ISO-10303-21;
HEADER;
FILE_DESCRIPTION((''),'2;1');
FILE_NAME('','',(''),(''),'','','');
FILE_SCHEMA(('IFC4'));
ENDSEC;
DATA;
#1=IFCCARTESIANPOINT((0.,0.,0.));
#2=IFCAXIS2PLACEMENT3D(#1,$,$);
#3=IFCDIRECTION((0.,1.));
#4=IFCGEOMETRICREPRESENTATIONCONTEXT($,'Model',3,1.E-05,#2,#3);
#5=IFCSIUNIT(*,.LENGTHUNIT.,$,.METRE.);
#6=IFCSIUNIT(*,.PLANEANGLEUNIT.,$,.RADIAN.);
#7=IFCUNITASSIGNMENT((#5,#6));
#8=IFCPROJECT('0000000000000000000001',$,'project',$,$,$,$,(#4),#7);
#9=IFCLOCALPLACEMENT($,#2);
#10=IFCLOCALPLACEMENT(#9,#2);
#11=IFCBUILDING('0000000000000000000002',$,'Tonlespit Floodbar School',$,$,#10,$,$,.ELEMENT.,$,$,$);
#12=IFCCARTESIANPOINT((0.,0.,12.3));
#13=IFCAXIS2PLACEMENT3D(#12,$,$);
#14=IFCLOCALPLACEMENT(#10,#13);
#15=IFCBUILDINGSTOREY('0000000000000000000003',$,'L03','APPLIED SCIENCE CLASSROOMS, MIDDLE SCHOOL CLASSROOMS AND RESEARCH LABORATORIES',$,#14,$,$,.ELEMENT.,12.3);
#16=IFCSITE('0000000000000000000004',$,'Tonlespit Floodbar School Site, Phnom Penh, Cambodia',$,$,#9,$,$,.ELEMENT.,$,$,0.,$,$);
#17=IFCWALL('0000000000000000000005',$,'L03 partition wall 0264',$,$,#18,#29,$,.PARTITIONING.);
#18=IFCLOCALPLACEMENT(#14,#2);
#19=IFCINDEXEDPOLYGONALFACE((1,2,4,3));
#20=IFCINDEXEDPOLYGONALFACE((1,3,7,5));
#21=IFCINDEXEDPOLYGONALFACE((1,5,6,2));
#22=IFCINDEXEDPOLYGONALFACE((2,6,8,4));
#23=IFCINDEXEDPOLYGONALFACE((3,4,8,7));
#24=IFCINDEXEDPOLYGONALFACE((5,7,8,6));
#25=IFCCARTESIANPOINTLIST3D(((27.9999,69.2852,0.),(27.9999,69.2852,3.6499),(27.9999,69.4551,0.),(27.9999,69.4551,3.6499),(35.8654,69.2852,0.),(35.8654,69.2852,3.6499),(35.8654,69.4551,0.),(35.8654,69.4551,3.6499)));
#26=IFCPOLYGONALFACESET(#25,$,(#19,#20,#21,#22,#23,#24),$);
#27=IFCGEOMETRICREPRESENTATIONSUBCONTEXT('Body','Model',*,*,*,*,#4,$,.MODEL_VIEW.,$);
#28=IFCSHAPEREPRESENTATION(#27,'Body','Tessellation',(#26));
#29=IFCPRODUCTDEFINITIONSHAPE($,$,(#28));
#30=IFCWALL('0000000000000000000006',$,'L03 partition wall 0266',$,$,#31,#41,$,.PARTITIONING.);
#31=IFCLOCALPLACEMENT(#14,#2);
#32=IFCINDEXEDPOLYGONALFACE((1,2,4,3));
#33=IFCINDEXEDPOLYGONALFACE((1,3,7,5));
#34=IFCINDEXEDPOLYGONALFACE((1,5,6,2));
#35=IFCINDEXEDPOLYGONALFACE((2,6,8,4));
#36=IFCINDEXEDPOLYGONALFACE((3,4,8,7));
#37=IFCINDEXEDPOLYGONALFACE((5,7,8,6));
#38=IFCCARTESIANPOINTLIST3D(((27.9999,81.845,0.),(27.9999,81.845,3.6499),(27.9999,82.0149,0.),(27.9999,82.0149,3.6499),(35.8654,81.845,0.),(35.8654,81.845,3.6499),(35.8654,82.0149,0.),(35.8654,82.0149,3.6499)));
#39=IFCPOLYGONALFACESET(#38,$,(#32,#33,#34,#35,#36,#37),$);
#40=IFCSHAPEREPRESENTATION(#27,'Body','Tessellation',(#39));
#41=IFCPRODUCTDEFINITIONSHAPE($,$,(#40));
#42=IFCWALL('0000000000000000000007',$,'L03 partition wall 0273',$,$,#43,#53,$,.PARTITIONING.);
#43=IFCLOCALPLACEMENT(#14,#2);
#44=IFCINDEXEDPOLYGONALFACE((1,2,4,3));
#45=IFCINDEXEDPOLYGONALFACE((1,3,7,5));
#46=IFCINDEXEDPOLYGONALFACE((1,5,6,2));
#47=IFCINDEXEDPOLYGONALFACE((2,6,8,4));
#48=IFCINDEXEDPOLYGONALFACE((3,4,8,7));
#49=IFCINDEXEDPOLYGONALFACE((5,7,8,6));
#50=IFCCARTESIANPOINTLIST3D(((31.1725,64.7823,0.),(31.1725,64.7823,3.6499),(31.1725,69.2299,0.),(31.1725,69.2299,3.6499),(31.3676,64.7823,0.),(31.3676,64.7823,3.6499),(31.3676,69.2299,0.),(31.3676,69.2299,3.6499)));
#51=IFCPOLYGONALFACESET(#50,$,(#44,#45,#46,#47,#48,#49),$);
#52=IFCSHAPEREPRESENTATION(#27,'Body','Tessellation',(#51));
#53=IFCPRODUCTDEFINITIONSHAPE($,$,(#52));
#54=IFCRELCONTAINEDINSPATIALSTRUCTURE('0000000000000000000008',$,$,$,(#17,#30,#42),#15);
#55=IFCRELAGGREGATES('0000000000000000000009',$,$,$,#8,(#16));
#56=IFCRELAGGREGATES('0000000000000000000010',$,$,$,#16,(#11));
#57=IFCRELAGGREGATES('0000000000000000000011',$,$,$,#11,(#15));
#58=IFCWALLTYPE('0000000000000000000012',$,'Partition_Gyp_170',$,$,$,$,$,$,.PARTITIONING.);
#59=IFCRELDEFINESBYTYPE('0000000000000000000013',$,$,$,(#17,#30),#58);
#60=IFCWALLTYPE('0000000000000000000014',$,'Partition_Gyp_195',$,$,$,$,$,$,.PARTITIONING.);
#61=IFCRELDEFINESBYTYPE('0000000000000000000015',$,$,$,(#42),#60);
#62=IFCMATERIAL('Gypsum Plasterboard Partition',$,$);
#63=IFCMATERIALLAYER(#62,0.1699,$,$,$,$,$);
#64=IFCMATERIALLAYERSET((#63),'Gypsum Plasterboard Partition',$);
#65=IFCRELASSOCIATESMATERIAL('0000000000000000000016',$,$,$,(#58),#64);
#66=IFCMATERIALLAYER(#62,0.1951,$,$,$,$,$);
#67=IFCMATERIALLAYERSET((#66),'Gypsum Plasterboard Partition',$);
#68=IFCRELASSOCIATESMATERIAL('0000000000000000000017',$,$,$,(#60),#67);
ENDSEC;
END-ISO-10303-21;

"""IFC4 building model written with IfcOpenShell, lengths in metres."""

from ifc_helpers import new_model, si_unit, direction, frame, frame_2d, origin, place, context, subcontext, project, spatial, rectangle, extrude, material, layer, layer_set, type_object, element, save


model = new_model("IFC4")

# Units and contexts
model_context = context("Model", 3, precision=1e-05, world=origin(), true_north=direction((0.0, 1.0)))
body_context = subcontext(model_context, "Body", "Model", "MODEL_VIEW")
ifc_project = project(units=[si_unit("LENGTHUNIT", "METRE"), si_unit("PLANEANGLEUNIT", "RADIAN")], contexts=[model_context])

# Site, building, storey
site_placement = place(None, origin())
site = spatial("IfcSite", under=ifc_project, at=site_placement, Name="Tonlespit Floodbar School Site, Phnom Penh, Cambodia", CompositionType="ELEMENT", RefElevation=0.0)
building_placement = place(site_placement, origin())
building = spatial("IfcBuilding", under=site, at=building_placement, Name="Tonlespit Floodbar School", CompositionType="ELEMENT")
storey_placement = place(building_placement, frame((0.0, 0.0, 12.3)))
storey = spatial("IfcBuildingStorey", under=building, at=storey_placement, Name="L03", Description="APPLIED SCIENCE CLASSROOMS, MIDDLE SCHOOL CLASSROOMS AND RESEARCH LABORATORIES", CompositionType="ELEMENT", Elevation=12.3)

# Walls
ifc_material_1 = material(Name="Gypsum Plasterboard Partition")
ifc_layer_1 = layer(ifc_material_1, 0.1699)
ifc_layer_set_1 = layer_set([ifc_layer_1], Name="Gypsum Plasterboard Partition")
wall_type_1 = type_object("IfcWallType", Name="Partition_Gyp_170", PredefinedType="PARTITIONING", material=ifc_layer_set_1)
for number, where, z_axis, x_axis, name in (
    (1, (28.0, 69.3701, 0.0), (0.0, 0.0, 1.0), (1.0, 0.0, 0.0), "L03 partition wall 0264"),
    (2, (28.0, 81.9299, 0.0), (0.0, 0.0, 1.0), (1.0, 0.0, 0.0), "L03 partition wall 0266"),
):
    element("IfcWall", number, at=place(storey_placement, frame(where, z_axis=z_axis, x_axis=x_axis)), inside=storey, type_object=wall_type_1, Name=name, PredefinedType="PARTITIONING", context=body_context, shape_type="SweptSolid", body=[
        extrude(rectangle(XDim=7.8655, YDim=0.1699, at=frame_2d((3.9326, 0.0))), origin(), (0.0, 0.0, 1.0), 3.6499),
    ])
ifc_layer_2 = layer(ifc_material_1, 0.1951)
ifc_layer_set_2 = layer_set([ifc_layer_2], Name="Gypsum Plasterboard Partition")
wall_type_2 = type_object("IfcWallType", Name="Partition_Gyp_195", PredefinedType="PARTITIONING", material=ifc_layer_set_2)
wall_1_placement = place(storey_placement, frame((31.27, 64.7825, 0.0), z_axis=(0.0, 0.0, 1.0), x_axis=(0.0, 1.0, 0.0)))
element("IfcWall", 3, at=wall_1_placement, inside=storey, type_object=wall_type_2, Name="L03 partition wall 0273", PredefinedType="PARTITIONING", context=body_context, shape_type="SweptSolid", body=[
    extrude(rectangle(XDim=4.4475, YDim=0.1951, at=frame_2d((2.2236, 0.0))), origin(), (0.0, 0.0, 1.0), 3.6499),
])

save(model, "model.ifc")
